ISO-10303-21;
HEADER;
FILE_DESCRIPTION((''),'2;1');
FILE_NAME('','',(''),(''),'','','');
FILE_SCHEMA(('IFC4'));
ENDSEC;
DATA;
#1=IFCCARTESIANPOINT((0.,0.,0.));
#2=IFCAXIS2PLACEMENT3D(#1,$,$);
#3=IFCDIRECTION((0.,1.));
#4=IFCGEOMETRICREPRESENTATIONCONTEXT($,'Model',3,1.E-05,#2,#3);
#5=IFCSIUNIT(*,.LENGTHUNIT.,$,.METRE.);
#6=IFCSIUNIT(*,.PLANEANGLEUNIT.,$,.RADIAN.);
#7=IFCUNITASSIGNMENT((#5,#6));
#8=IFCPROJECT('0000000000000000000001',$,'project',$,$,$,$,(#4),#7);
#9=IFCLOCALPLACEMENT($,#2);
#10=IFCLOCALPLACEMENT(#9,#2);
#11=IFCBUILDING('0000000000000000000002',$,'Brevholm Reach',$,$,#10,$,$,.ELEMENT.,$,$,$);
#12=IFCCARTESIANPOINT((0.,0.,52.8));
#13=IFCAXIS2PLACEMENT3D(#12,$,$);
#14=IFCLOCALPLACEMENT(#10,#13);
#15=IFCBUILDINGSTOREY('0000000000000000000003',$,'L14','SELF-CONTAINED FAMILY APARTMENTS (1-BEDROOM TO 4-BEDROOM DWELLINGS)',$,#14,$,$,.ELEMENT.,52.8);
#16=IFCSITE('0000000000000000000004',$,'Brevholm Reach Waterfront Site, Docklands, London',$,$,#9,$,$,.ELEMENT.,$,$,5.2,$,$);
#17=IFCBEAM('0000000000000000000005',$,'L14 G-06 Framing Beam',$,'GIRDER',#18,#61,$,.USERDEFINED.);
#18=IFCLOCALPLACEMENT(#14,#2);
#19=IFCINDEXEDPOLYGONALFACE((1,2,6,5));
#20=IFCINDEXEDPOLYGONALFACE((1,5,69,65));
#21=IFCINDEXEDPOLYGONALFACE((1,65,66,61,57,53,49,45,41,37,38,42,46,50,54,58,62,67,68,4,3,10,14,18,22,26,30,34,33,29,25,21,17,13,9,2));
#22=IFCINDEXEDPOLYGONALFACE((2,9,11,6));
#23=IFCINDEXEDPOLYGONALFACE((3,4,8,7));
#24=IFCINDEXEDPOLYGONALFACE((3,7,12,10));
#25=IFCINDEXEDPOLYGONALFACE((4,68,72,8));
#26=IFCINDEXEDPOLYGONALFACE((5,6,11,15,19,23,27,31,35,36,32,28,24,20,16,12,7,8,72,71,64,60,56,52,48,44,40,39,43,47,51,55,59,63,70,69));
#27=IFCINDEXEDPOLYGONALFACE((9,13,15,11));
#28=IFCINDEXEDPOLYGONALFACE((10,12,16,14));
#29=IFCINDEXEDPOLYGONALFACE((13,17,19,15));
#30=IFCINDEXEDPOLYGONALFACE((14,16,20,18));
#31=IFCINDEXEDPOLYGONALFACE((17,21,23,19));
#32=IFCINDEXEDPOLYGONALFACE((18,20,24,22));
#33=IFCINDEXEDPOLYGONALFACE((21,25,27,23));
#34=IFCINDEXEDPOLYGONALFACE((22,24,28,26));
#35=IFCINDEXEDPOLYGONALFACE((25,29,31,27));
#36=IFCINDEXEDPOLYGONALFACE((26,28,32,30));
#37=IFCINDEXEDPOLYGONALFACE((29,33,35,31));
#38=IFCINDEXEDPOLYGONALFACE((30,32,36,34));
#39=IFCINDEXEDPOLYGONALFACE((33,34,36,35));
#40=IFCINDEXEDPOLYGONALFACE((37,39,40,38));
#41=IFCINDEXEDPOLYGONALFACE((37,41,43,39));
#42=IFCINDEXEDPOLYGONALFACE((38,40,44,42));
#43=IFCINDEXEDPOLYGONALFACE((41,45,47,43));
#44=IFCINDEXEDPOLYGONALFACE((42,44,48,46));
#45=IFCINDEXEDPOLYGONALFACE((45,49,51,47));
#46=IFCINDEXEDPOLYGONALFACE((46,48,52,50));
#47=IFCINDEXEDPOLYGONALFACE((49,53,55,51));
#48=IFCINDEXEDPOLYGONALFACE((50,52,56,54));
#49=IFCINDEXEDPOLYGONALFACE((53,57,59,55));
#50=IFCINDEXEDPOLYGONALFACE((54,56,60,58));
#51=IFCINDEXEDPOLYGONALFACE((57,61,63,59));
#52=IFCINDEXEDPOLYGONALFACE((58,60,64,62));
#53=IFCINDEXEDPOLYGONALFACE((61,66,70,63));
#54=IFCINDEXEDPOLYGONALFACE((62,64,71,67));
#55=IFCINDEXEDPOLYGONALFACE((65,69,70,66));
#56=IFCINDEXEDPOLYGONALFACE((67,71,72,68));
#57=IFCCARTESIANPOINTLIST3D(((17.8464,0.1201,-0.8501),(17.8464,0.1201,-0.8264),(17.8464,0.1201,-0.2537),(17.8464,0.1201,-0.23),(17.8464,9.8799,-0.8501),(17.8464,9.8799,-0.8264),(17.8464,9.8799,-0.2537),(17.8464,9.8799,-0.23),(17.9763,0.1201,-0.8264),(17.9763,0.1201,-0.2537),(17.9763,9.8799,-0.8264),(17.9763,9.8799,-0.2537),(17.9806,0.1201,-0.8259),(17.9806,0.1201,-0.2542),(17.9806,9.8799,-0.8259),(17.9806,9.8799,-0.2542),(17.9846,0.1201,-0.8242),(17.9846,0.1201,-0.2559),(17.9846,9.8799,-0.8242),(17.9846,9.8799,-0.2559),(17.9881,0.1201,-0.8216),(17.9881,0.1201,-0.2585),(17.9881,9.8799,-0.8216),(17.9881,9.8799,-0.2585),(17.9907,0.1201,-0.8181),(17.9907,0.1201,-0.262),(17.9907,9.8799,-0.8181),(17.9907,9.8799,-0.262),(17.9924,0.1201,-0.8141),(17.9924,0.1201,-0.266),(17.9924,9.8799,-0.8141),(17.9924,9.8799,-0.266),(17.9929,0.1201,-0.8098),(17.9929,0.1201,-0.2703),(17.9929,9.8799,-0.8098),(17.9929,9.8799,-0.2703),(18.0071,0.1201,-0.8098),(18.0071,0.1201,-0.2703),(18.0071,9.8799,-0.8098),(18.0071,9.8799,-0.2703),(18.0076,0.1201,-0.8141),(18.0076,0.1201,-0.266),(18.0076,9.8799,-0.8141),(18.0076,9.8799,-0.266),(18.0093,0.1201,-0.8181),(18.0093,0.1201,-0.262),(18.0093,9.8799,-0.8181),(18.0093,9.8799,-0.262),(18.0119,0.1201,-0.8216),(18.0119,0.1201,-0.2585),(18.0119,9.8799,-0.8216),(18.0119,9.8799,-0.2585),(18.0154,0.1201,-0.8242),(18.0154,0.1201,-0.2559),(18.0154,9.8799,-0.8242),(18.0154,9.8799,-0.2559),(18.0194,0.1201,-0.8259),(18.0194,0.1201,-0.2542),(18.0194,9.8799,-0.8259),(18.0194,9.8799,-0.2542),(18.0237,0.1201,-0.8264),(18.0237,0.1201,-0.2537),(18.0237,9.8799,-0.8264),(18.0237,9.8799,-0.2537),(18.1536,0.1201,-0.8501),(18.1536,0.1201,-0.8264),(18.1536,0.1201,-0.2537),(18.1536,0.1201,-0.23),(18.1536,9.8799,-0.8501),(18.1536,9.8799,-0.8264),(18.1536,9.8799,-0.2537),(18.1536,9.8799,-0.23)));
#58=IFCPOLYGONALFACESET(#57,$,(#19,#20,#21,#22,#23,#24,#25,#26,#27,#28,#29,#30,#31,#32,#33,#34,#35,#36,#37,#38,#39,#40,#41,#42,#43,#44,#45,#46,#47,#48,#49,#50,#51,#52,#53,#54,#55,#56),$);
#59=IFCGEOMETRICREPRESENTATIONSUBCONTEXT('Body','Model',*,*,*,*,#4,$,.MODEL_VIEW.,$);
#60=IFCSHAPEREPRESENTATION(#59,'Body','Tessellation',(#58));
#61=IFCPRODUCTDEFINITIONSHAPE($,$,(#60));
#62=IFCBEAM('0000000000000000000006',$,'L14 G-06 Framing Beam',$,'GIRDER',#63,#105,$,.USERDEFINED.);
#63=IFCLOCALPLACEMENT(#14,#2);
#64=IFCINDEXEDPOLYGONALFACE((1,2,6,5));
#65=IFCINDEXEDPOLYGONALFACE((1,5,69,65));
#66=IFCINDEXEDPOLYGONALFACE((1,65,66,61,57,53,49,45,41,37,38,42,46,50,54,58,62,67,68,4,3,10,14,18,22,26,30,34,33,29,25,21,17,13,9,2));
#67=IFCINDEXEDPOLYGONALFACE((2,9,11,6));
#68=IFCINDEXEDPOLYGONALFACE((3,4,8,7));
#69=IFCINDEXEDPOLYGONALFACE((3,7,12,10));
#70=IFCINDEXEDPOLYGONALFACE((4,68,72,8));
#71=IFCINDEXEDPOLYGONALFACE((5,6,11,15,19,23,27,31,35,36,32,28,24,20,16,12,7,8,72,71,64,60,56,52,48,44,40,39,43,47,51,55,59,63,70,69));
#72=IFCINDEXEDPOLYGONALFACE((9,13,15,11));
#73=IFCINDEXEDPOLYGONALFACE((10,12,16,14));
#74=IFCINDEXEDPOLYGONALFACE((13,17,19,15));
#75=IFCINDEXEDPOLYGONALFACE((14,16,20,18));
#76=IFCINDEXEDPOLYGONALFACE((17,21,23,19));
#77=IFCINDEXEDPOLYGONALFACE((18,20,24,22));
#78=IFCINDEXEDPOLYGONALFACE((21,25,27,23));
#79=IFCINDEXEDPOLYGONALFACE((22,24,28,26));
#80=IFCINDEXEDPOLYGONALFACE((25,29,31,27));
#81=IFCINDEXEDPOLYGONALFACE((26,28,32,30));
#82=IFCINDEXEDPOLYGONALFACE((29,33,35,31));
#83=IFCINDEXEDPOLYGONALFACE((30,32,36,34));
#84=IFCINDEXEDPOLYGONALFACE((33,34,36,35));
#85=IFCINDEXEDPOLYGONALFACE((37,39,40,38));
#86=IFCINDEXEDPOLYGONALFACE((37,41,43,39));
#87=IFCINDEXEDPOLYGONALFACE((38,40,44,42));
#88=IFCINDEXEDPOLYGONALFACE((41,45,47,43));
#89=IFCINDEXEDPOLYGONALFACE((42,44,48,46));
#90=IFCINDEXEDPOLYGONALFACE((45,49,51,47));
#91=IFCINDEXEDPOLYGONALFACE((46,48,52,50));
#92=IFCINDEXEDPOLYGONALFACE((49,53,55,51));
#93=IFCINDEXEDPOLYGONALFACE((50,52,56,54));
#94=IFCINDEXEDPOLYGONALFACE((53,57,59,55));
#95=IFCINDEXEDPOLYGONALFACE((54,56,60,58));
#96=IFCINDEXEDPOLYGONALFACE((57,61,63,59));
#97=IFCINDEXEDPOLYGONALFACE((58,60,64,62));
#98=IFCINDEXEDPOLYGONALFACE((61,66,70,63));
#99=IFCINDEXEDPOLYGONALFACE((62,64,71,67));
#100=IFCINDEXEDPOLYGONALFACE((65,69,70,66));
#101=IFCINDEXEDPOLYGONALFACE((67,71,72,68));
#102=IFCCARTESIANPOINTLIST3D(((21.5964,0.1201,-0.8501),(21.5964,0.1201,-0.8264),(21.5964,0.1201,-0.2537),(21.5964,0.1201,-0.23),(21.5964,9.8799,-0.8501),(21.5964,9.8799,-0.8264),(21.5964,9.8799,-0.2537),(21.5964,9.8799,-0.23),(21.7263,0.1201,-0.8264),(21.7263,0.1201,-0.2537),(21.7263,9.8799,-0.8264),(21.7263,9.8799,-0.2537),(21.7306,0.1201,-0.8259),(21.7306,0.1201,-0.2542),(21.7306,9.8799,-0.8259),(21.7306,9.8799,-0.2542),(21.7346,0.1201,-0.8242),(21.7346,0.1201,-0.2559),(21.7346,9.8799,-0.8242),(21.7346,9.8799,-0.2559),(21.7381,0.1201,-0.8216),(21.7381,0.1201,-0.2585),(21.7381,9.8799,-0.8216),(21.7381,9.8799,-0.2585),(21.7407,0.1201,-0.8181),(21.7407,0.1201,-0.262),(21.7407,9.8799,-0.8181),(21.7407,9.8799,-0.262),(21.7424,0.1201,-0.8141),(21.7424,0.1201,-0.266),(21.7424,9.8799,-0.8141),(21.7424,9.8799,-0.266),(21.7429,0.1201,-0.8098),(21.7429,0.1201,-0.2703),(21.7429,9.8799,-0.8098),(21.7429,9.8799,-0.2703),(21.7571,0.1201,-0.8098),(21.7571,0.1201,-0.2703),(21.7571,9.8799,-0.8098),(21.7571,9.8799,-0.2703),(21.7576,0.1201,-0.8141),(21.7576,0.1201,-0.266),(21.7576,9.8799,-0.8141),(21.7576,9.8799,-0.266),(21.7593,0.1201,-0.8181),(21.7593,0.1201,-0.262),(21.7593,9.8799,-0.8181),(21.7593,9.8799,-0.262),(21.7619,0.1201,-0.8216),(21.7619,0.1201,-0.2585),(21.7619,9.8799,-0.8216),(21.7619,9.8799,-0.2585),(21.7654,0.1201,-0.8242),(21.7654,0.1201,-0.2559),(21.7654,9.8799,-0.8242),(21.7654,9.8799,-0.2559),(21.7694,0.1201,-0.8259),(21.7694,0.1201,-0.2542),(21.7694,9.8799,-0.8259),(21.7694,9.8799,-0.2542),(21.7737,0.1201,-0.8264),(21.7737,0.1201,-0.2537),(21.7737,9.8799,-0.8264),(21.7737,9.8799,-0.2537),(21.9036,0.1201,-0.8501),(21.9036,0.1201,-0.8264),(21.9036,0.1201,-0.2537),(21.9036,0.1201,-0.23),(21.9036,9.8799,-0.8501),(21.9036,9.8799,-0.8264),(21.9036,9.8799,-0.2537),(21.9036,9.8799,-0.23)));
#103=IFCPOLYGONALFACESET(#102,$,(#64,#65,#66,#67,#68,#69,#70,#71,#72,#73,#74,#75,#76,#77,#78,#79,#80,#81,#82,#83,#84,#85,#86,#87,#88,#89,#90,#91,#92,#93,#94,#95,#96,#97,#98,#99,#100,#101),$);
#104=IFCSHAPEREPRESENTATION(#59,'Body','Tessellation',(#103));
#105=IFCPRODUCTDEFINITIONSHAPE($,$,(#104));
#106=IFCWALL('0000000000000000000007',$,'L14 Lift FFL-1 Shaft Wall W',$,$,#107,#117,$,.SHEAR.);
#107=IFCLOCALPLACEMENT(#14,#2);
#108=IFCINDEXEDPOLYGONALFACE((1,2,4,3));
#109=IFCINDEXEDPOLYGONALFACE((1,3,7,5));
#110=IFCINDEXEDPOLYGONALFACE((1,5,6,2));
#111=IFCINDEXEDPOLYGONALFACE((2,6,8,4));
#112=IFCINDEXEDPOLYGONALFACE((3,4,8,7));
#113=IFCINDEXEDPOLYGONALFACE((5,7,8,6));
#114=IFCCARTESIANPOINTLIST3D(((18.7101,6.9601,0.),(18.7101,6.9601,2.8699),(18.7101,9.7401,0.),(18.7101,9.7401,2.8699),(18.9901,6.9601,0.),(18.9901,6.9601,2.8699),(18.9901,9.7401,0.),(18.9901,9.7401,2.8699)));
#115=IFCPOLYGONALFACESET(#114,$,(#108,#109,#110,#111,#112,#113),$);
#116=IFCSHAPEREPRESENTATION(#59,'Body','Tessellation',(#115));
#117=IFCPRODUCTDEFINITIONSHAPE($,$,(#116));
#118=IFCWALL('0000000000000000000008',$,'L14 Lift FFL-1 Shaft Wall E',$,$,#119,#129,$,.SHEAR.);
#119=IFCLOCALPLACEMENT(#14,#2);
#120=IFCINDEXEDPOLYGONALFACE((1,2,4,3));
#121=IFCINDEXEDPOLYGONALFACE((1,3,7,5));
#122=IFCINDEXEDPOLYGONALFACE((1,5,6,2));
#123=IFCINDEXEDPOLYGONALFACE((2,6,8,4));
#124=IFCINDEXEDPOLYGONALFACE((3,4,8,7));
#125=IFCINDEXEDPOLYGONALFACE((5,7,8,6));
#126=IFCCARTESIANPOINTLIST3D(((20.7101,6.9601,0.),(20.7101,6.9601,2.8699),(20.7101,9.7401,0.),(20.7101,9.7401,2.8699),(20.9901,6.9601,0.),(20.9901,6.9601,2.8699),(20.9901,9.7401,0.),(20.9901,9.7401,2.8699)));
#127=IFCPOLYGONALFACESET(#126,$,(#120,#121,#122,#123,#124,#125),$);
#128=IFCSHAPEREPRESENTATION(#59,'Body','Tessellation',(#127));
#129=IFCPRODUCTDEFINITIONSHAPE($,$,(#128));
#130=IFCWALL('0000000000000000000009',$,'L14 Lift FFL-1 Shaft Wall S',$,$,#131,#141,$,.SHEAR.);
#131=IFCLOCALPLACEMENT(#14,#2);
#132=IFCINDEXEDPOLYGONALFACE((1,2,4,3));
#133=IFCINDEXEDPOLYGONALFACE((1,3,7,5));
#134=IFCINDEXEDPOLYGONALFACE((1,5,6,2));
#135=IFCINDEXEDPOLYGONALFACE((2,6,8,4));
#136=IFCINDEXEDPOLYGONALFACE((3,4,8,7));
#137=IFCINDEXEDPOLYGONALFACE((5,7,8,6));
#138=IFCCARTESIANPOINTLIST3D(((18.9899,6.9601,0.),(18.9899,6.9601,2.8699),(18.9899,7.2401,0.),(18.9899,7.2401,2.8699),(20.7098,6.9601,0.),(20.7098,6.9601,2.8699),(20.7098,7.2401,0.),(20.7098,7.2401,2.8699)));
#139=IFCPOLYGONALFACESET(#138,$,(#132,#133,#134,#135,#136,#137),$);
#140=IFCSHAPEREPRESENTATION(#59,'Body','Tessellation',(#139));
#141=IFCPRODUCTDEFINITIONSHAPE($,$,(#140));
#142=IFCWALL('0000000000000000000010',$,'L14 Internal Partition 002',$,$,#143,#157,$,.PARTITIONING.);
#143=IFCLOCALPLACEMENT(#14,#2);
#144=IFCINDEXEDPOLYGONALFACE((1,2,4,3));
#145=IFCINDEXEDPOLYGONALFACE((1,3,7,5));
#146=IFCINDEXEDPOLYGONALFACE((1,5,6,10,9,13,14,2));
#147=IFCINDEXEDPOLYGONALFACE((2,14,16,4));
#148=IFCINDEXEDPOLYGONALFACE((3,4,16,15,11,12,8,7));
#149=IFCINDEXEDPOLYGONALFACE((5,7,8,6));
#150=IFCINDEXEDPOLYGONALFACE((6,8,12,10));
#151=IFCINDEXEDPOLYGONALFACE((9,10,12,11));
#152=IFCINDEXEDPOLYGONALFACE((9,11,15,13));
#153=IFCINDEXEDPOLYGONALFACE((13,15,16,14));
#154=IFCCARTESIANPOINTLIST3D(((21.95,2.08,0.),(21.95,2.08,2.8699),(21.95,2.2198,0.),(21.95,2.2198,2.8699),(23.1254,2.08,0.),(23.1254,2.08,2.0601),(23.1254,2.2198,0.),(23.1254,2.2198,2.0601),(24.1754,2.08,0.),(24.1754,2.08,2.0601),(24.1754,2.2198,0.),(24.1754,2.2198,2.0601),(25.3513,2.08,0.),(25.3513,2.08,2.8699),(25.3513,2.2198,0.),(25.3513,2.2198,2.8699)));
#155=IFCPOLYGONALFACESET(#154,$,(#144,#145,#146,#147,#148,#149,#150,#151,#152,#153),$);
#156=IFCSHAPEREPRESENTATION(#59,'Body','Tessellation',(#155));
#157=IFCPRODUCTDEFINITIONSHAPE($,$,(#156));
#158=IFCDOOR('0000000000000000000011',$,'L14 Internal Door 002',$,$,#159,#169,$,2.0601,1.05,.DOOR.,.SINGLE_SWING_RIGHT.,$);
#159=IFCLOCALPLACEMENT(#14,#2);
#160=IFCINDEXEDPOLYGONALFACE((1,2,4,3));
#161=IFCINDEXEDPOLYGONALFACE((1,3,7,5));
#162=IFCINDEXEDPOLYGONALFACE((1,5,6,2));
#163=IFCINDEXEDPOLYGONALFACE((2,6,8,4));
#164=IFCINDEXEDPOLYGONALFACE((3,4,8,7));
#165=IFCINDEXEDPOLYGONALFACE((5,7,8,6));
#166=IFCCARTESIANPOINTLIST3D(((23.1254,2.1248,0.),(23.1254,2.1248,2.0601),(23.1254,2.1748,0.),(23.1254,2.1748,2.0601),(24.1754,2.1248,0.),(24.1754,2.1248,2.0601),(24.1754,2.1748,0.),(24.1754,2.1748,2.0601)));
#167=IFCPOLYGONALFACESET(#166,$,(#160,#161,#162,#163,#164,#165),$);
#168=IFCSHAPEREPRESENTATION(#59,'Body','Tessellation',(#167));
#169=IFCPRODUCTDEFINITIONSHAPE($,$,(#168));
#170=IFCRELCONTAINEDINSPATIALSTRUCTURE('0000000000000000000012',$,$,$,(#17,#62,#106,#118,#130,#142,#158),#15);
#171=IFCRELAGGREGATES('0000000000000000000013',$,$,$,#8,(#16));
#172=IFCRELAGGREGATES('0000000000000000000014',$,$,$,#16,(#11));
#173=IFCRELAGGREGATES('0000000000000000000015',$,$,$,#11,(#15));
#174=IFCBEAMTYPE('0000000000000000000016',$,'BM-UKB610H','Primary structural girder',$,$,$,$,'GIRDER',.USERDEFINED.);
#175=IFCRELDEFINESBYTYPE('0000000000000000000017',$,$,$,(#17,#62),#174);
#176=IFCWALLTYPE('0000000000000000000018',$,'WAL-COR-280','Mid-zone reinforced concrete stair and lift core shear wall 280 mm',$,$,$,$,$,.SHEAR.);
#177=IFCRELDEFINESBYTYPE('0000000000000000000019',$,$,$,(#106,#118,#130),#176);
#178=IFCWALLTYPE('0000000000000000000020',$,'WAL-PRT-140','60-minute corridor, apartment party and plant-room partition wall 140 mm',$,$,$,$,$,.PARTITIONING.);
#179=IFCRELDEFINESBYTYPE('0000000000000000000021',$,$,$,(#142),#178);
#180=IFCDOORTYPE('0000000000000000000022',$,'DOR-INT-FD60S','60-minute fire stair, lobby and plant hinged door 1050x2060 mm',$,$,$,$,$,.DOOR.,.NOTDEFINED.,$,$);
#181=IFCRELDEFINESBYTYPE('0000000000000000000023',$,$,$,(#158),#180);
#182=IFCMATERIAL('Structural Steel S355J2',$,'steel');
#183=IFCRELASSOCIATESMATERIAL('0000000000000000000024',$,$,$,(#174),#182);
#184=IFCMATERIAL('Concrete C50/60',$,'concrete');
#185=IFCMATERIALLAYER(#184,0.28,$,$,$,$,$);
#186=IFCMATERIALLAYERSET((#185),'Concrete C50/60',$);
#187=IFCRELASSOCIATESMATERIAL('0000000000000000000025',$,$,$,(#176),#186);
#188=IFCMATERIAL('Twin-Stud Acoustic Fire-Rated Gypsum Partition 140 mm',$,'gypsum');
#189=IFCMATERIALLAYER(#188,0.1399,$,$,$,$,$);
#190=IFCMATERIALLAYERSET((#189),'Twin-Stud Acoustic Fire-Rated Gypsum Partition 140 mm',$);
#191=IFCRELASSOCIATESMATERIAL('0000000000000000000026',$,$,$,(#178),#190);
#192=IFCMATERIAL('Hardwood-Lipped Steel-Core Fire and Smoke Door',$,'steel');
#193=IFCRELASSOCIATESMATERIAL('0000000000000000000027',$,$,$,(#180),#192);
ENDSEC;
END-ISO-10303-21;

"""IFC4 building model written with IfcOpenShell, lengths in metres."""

from ifc_helpers import new_model, si_unit, direction, frame, frame_2d, origin, origin_2d, place, context, subcontext, project, spatial, rectangle, i_section, extrude, material, layer, layer_set, material_profile, profile_set, type_object, element, fill, save


model = new_model("IFC4")

# Units and contexts
model_context = context("Model", 3, precision=1e-05, world=origin(), true_north=direction((0.0, 1.0)))
body_context = subcontext(model_context, "Body", "Model", "MODEL_VIEW")
ifc_project = project(units=[si_unit("LENGTHUNIT", "METRE"), si_unit("PLANEANGLEUNIT", "RADIAN")], contexts=[model_context])

# Site, building, storey
site_placement = place(None, origin())
site = spatial("IfcSite", under=ifc_project, at=site_placement, Name="Brevholm Reach Waterfront Site, Docklands, London", CompositionType="ELEMENT", RefElevation=5.2)
building_placement = place(site_placement, origin())
building = spatial("IfcBuilding", under=site, at=building_placement, Name="Brevholm Reach", CompositionType="ELEMENT")
storey_placement = place(building_placement, frame((0.0, 0.0, 52.8)))
storey = spatial("IfcBuildingStorey", under=building, at=storey_placement, Name="L14", Description="SELF-CONTAINED FAMILY APARTMENTS (1-BEDROOM TO 4-BEDROOM DWELLINGS)", CompositionType="ELEMENT", Elevation=52.8)

# Beams
ifc_material_1 = material(Name="Structural Steel S355J2", Category="steel")
ifc_material_profile_1 = material_profile(ifc_material_1, i_section(OverallWidth=0.3071, OverallDepth=0.6201, WebThickness=0.0142, FlangeThickness=0.0237, FilletRadius=0.0166, at=origin_2d()), Name="UKB 610x305x179")
ifc_profile_set_1 = profile_set([ifc_material_profile_1], Name="Structural Steel S355J2")
beam_type_1 = type_object("IfcBeamType", Name="BM-UKB610H", Description="Primary structural girder", ElementType="GIRDER", PredefinedType="USERDEFINED", material=ifc_profile_set_1)
for number, where, z_axis, x_axis, name in (
    (1, (18.0, 0.1201, -0.54), (0.0, 1.0, 0.0), (-1.0, 0.0, 0.0), "L14 G-06 Framing Beam"),
    (2, (21.75, 0.1201, -0.54), (0.0, 1.0, 0.0), (-1.0, 0.0, 0.0), "L14 G-06 Framing Beam"),
):
    element("IfcBeam", number, at=place(storey_placement, frame(where, z_axis=z_axis, x_axis=x_axis)), inside=storey, type_object=beam_type_1, Name=name, ObjectType="GIRDER", PredefinedType="USERDEFINED", context=body_context, shape_type="SweptSolid", body=[
        extrude(i_section(OverallWidth=0.3071, OverallDepth=0.6201, WebThickness=0.0142, FlangeThickness=0.0237, FilletRadius=0.0166, at=origin_2d()), origin(), (0.0, 0.0, 1.0), 9.7598),
    ])

# Walls
ifc_material_2 = material(Name="Concrete C50/60", Category="concrete")
ifc_layer_1 = layer(ifc_material_2, 0.28)
ifc_layer_set_1 = layer_set([ifc_layer_1], Name="Concrete C50/60")
wall_type_1 = type_object("IfcWallType", Name="WAL-COR-280", Description="Mid-zone reinforced concrete stair and lift core shear wall 280 mm", PredefinedType="SHEAR", material=ifc_layer_set_1)
for number, where, z_axis, x_axis, name in (
    (3, (18.8501, 6.96, 0.0), (0.0, 0.0, 1.0), (0.0, 1.0, 0.0), "L14 Lift FFL-1 Shaft Wall W"),
    (4, (20.8501, 6.96, 0.0), (0.0, 0.0, 1.0), (0.0, 1.0, 0.0), "L14 Lift FFL-1 Shaft Wall E"),
):
    element("IfcWall", number, at=place(storey_placement, frame(where, z_axis=z_axis, x_axis=x_axis)), inside=storey, type_object=wall_type_1, Name=name, PredefinedType="SHEAR", context=body_context, shape_type="SweptSolid", body=[
        extrude(rectangle(XDim=2.78, YDim=0.28, at=frame_2d((1.3901, 0.0))), origin(), (0.0, 0.0, 1.0), 2.8699),
    ])
wall_1_placement = place(storey_placement, frame((18.99, 7.1001, 0.0), z_axis=(0.0, 0.0, 1.0), x_axis=(1.0, 0.0, 0.0)))
element("IfcWall", 5, at=wall_1_placement, inside=storey, type_object=wall_type_1, Name="L14 Lift FFL-1 Shaft Wall S", PredefinedType="SHEAR", context=body_context, shape_type="SweptSolid", body=[
    extrude(rectangle(XDim=1.72, YDim=0.28, at=frame_2d((0.8599, 0.0))), origin(), (0.0, 0.0, 1.0), 2.8699),
])

# Wall, opening, door
ifc_material_3 = material(Name="Twin-Stud Acoustic Fire-Rated Gypsum Partition 140 mm", Category="gypsum")
ifc_layer_2 = layer(ifc_material_3, 0.1399)
ifc_layer_set_2 = layer_set([ifc_layer_2], Name="Twin-Stud Acoustic Fire-Rated Gypsum Partition 140 mm")
wall_type_2 = type_object("IfcWallType", Name="WAL-PRT-140", Description="60-minute corridor, apartment party and plant-room partition wall 140 mm", PredefinedType="PARTITIONING", material=ifc_layer_set_2)
wall_2_placement = place(storey_placement, frame((21.95, 2.1499, 0.0), z_axis=(0.0, 0.0, 1.0), x_axis=(1.0, 0.0, 0.0)))
wall_2 = element("IfcWall", 6, at=wall_2_placement, inside=storey, type_object=wall_type_2, Name="L14 Internal Partition 002", PredefinedType="PARTITIONING", context=body_context, shape_type="SweptSolid", body=[
    extrude(rectangle(XDim=3.4014, YDim=0.1399, at=frame_2d((1.7007, 0.0))), origin(), (0.0, 0.0, 1.0), 2.8699),
])
opening_1_placement = place(wall_2_placement, frame((1.1755, 0.0, 0.0)))
opening_1 = element("IfcOpeningElement", 7, at=opening_1_placement, cuts=wall_2, PredefinedType="OPENING", context=body_context, shape_type="SweptSolid", body=[
    extrude(rectangle(XDim=1.05, YDim=2.0601, at=frame_2d((0.5249, 1.03))), frame((0.0, 0.0798, 0.0), z_axis=(0.0, -1.0, 0.0), x_axis=(1.0, 0.0, 0.0)), (0.0, 0.0, 1.0), 0.1599),
])
ifc_material_4 = material(Name="Hardwood-Lipped Steel-Core Fire and Smoke Door", Category="steel")
door_type_1 = type_object("IfcDoorType", Name="DOR-INT-FD60S", Description="60-minute fire stair, lobby and plant hinged door 1050x2060 mm", OperationType="NOTDEFINED", PredefinedType="DOOR", material=ifc_material_4)
door_1_placement = place(opening_1_placement, origin())
door_1 = element("IfcDoor", 8, at=door_1_placement, inside=storey, type_object=door_type_1, Name="L14 Internal Door 002", OperationType="SINGLE_SWING_RIGHT", OverallHeight=2.0601, OverallWidth=1.05, PredefinedType="DOOR", context=body_context, shape_type="SweptSolid", body=[
    extrude(rectangle(XDim=1.05, YDim=2.0601, at=frame_2d((0.5249, 1.03))), frame((0.0, 0.0249, 0.0), z_axis=(0.0, -1.0, 0.0), x_axis=(1.0, 0.0, 0.0)), (0.0, 0.0, 1.0), 0.05),
])
fill(opening_1, door_1)

save(model, "model.ifc")
